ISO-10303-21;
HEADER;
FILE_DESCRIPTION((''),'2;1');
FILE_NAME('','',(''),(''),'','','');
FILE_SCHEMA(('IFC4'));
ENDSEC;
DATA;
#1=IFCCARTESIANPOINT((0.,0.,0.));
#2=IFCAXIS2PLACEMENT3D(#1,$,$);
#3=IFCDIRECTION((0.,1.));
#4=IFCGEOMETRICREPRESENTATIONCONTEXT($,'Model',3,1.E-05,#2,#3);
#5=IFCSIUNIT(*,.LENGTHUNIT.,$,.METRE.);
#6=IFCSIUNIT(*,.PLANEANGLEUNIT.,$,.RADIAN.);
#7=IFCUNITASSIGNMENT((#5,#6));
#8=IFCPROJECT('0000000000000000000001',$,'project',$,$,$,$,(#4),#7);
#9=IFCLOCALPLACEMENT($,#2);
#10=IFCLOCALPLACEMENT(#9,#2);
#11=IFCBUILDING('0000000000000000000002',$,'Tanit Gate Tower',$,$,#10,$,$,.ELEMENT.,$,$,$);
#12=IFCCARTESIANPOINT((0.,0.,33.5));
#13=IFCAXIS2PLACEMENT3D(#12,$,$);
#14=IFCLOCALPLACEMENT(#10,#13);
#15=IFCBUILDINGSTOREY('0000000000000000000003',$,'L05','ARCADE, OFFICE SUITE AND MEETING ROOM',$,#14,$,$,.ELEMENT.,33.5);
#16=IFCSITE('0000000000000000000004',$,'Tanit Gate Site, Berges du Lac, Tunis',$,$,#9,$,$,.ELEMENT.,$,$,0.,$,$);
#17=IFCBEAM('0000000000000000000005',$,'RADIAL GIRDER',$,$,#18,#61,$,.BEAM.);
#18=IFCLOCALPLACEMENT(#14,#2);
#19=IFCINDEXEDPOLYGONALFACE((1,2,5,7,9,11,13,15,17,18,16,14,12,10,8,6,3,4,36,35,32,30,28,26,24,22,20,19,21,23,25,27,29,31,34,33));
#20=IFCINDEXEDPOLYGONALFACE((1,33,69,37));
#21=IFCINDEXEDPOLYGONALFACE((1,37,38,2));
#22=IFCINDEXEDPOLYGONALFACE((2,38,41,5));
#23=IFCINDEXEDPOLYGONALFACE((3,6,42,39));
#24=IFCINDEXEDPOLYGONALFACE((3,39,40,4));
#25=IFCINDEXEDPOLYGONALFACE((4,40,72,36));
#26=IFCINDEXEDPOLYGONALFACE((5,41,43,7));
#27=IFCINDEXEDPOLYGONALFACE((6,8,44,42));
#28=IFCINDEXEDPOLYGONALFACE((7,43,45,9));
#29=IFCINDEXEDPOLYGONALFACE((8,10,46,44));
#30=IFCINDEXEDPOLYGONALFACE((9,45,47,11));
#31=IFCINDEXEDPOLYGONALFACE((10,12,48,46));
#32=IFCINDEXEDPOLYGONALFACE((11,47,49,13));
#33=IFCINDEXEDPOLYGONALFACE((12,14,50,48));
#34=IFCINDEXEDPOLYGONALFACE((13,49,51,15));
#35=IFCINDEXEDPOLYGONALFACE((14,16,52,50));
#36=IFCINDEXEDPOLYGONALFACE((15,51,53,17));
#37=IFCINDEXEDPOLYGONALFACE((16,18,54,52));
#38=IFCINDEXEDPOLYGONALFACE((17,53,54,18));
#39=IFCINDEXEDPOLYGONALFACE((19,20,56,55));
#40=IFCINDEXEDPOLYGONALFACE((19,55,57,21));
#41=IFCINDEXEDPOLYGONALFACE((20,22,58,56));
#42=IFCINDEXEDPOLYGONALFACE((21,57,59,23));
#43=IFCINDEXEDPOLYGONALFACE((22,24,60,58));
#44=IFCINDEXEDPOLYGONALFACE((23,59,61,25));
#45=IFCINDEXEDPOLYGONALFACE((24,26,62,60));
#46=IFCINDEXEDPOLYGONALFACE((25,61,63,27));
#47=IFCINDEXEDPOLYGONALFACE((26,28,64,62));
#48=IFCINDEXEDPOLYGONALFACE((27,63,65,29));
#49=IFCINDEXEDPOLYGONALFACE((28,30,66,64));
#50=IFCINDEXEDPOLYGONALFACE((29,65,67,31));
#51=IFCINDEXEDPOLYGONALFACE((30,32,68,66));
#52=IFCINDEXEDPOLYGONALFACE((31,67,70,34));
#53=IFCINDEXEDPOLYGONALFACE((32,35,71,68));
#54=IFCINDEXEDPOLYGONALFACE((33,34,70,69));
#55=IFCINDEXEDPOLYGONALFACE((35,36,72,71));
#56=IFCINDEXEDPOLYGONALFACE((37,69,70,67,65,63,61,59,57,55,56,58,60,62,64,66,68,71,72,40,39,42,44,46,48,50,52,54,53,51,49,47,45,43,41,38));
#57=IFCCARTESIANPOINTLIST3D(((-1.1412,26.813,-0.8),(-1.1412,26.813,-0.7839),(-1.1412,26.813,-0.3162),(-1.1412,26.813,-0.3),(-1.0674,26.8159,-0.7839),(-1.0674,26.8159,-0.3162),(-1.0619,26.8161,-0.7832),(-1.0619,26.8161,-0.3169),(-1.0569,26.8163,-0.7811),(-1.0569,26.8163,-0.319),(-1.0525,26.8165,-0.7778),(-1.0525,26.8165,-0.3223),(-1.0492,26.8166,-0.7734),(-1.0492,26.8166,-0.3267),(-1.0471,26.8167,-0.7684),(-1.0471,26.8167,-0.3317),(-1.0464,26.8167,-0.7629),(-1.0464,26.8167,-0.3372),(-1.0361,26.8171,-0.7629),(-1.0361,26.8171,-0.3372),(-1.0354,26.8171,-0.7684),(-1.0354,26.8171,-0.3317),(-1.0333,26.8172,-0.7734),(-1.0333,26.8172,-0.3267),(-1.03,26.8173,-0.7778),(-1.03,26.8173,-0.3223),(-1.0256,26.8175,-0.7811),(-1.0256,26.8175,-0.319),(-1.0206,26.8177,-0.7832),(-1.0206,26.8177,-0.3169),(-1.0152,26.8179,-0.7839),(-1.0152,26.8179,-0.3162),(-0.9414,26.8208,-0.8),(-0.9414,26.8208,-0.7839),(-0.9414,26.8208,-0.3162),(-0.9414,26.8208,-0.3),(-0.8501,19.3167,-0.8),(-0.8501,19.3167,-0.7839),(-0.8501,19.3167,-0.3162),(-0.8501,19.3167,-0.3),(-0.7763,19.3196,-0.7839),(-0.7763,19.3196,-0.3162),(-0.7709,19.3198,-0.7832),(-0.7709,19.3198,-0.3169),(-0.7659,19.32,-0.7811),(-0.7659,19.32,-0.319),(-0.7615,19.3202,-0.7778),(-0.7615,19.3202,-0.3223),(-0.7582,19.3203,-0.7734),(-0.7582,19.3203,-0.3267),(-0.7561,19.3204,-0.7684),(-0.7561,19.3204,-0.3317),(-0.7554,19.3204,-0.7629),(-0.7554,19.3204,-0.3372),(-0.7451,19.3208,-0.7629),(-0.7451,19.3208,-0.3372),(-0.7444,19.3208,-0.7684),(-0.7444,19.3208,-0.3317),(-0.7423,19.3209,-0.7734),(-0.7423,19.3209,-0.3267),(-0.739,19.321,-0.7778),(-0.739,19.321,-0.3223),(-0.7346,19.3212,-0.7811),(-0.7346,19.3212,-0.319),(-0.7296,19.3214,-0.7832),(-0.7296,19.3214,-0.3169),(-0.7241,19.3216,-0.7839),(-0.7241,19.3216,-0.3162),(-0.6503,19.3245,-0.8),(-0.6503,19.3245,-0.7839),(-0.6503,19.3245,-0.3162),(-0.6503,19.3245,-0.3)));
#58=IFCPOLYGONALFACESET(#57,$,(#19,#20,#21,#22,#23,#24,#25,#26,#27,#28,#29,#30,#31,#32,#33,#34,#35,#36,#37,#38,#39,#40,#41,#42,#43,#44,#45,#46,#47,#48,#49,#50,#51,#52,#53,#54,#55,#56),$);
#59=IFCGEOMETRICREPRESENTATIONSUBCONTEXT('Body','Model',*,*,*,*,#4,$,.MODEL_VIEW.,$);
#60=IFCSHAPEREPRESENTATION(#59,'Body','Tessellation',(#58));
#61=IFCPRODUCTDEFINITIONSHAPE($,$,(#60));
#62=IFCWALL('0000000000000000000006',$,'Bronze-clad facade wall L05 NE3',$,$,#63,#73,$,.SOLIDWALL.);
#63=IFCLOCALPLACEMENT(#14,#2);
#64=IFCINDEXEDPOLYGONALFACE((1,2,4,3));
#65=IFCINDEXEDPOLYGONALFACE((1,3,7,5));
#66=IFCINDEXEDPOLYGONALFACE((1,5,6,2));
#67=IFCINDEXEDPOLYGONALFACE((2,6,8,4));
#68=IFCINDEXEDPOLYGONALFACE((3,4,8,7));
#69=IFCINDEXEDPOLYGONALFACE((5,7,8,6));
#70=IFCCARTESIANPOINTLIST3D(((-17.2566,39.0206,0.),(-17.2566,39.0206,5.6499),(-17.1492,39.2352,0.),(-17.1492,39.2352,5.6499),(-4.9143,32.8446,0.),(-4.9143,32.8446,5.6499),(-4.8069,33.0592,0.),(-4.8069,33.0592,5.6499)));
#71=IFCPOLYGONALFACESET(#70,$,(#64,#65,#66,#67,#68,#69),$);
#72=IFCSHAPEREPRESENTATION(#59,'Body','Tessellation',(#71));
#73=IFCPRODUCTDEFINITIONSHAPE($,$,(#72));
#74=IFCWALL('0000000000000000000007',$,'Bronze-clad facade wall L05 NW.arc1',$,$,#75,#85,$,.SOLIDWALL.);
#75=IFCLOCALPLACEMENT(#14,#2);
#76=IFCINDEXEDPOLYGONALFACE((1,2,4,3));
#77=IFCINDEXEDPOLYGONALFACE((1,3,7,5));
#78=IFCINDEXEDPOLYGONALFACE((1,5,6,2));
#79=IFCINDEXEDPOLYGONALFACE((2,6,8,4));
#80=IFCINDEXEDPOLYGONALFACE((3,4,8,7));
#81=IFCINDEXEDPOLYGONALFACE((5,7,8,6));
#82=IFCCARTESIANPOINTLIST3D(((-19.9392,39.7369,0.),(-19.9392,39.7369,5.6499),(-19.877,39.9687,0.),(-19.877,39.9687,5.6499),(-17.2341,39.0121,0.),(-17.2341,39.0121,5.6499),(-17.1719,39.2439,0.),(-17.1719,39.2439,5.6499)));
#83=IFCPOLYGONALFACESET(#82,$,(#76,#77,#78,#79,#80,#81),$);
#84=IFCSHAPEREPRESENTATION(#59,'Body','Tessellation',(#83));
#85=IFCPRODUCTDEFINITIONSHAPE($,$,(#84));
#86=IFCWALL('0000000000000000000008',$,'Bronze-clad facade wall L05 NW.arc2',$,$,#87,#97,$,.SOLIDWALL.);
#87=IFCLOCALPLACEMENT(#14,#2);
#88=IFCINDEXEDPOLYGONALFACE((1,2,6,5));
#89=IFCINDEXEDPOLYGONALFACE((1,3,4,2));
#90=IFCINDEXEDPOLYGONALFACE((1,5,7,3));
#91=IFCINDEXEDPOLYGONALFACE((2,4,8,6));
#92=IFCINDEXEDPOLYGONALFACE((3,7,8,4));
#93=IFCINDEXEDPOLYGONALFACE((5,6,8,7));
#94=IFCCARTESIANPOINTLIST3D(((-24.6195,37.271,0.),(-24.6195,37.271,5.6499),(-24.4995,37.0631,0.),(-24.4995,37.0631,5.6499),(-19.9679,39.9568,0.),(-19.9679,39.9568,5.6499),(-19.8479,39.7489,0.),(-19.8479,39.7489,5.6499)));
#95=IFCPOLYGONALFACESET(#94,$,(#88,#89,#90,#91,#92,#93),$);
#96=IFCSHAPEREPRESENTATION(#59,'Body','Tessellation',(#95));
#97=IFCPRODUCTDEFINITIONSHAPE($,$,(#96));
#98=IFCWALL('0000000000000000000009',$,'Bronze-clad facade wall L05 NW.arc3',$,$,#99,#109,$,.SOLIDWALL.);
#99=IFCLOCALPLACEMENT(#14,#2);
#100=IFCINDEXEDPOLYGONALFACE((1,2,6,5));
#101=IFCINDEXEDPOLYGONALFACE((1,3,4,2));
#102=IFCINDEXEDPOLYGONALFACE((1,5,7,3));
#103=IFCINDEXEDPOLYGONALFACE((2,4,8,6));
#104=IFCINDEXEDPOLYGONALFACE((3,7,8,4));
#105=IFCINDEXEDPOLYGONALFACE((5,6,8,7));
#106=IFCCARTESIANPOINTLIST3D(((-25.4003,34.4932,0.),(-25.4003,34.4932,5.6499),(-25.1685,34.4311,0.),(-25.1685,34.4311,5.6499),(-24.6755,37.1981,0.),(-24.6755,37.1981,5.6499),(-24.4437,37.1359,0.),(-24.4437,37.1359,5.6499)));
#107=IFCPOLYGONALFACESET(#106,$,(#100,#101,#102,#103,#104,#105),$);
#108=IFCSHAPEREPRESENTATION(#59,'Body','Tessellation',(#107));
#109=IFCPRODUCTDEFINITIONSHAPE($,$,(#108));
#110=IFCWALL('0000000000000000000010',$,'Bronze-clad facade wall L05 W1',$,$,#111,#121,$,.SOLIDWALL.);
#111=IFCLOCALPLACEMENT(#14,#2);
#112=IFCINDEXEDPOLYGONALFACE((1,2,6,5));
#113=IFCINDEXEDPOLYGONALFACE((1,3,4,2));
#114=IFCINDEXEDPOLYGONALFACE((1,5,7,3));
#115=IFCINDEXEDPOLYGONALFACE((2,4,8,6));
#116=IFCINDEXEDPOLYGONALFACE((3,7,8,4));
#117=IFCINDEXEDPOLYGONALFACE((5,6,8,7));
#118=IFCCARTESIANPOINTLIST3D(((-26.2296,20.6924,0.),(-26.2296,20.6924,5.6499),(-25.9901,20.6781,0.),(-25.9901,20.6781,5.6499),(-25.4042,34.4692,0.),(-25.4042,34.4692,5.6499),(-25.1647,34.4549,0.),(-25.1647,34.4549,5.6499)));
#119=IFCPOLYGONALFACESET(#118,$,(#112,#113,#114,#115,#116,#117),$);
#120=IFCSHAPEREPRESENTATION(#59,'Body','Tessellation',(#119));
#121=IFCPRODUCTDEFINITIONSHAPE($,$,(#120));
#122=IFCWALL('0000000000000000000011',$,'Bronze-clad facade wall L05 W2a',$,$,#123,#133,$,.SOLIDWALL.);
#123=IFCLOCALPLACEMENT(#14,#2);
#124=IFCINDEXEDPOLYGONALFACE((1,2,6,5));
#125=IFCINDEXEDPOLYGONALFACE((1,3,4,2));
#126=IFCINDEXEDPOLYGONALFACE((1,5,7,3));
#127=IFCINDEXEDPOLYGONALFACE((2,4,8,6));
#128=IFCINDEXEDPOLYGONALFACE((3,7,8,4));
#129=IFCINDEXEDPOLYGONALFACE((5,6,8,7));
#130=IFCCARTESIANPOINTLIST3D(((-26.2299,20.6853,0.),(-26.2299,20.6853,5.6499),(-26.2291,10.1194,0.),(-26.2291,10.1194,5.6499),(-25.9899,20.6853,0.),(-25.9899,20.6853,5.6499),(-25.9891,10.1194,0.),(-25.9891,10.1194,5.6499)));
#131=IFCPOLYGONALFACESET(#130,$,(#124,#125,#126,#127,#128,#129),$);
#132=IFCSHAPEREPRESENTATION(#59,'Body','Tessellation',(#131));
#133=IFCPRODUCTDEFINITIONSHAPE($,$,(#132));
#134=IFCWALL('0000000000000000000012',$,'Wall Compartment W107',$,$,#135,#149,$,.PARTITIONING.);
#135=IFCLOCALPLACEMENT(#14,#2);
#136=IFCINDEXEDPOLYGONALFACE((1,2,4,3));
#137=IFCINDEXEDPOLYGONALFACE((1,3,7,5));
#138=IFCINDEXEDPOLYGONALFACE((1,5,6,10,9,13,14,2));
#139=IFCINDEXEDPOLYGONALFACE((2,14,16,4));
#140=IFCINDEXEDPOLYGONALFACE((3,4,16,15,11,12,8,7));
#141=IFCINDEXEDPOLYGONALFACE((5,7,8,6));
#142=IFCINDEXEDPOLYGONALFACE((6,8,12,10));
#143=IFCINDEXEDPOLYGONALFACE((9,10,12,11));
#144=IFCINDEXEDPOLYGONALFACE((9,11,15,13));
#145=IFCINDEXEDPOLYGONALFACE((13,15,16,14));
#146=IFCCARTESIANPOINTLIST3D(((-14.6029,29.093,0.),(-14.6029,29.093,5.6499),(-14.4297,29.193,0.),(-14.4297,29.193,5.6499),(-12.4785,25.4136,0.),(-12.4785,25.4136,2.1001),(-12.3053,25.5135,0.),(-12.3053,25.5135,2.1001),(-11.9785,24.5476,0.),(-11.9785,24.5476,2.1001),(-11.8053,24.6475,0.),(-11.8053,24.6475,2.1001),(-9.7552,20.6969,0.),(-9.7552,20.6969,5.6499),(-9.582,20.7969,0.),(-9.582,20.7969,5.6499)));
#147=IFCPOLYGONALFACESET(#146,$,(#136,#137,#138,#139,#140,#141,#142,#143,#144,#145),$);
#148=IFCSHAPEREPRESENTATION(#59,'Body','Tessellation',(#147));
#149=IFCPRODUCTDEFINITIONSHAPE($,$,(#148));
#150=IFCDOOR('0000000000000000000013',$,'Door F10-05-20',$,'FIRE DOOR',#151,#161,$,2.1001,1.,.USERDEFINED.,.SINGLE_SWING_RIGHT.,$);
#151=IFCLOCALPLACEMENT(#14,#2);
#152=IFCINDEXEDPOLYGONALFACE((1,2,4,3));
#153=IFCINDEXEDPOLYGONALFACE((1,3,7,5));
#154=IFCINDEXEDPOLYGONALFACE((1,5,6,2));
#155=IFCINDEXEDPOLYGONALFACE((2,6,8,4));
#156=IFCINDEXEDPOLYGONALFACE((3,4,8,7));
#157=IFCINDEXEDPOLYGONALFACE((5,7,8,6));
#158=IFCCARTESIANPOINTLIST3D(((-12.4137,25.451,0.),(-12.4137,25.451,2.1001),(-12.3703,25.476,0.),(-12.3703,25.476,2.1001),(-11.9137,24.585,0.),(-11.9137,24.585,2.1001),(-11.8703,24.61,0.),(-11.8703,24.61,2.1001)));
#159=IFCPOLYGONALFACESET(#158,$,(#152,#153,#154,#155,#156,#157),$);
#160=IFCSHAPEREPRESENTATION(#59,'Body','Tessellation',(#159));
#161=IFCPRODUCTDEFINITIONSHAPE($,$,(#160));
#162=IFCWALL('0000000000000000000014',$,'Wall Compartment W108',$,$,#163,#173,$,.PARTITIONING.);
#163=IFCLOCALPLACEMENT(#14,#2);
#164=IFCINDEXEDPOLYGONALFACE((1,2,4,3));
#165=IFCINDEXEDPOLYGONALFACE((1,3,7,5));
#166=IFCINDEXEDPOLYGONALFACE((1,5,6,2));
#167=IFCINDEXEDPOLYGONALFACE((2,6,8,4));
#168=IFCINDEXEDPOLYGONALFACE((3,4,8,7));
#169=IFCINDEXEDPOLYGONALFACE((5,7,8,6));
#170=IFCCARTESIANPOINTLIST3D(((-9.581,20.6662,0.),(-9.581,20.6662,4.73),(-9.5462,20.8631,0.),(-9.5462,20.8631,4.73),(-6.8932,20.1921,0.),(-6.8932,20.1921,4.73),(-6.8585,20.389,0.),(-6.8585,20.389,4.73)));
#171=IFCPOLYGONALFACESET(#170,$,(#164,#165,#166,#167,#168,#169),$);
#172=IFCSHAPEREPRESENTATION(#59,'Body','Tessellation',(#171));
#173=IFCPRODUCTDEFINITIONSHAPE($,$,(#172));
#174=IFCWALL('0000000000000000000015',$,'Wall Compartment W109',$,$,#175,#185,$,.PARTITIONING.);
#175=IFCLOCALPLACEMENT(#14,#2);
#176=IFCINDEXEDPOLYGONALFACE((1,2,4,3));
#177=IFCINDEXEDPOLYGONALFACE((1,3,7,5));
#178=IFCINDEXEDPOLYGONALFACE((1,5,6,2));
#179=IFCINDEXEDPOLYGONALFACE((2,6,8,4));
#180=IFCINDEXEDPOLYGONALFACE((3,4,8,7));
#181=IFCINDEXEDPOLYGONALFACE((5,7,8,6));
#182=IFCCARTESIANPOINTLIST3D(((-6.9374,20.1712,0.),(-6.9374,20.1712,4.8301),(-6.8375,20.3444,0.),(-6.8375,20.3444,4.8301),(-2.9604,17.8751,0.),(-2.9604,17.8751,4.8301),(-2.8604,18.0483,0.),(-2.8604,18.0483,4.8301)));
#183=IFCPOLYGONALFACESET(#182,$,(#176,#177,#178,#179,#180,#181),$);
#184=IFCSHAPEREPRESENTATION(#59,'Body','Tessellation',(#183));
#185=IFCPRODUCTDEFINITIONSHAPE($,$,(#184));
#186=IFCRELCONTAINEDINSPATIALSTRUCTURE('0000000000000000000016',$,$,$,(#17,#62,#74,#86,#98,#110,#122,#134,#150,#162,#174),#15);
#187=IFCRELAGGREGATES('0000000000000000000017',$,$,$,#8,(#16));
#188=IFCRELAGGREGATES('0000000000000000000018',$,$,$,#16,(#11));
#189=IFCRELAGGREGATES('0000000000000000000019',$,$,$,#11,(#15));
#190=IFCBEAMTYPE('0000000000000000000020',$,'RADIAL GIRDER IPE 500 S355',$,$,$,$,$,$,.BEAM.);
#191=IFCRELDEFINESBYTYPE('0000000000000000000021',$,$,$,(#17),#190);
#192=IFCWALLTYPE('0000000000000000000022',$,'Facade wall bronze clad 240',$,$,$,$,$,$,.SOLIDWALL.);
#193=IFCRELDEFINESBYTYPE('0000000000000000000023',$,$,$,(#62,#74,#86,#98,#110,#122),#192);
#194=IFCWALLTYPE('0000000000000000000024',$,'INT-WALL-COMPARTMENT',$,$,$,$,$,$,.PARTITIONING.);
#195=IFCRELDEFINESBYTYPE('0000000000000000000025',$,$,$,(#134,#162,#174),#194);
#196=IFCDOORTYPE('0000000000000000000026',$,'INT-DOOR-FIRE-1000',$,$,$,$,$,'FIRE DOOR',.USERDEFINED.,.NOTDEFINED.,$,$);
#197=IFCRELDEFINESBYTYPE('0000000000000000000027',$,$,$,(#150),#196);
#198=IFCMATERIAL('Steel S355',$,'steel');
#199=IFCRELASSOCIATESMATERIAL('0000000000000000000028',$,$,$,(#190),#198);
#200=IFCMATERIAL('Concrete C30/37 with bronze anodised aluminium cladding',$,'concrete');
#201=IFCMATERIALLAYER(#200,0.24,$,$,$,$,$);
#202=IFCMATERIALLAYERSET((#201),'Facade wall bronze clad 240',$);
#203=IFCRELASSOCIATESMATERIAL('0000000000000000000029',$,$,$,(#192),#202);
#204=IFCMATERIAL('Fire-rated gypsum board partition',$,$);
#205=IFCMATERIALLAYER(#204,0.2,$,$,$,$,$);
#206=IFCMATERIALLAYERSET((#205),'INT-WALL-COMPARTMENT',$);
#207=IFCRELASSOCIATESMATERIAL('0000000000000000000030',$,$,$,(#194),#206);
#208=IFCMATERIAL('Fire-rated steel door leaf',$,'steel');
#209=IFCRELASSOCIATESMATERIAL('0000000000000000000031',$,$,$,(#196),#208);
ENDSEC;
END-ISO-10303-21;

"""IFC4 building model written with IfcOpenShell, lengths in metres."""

from ifc_helpers import new_model, si_unit, direction, frame, frame_2d, origin, origin_2d, place, context, subcontext, project, spatial, rectangle, i_section, extrude, material, layer, layer_set, material_profile, profile_set, type_object, element, fill, save


model = new_model("IFC4")

# Units and contexts
model_context = context("Model", 3, precision=1e-05, world=origin(), true_north=direction((0.0, 1.0)))
body_context = subcontext(model_context, "Body", "Model", "MODEL_VIEW")
ifc_project = project(units=[si_unit("LENGTHUNIT", "METRE"), si_unit("PLANEANGLEUNIT", "RADIAN")], contexts=[model_context])

# Site, building, storey
site_placement = place(None, origin())
site = spatial("IfcSite", under=ifc_project, at=site_placement, Name="Tanit Gate Site, Berges du Lac, Tunis", CompositionType="ELEMENT", RefElevation=0.0)
building_placement = place(site_placement, origin())
building = spatial("IfcBuilding", under=site, at=building_placement, Name="Tanit Gate Tower", CompositionType="ELEMENT")
storey_placement = place(building_placement, frame((0.0, 0.0, 33.5)))
storey = spatial("IfcBuildingStorey", under=building, at=storey_placement, Name="L05", Description="ARCADE, OFFICE SUITE AND MEETING ROOM", CompositionType="ELEMENT", Elevation=33.5)

# Beam
ifc_material_1 = material(Name="Steel S355", Category="steel")
ifc_material_profile_1 = material_profile(ifc_material_1, i_section(OverallWidth=0.2, OverallDepth=0.5, WebThickness=0.0103, FlangeThickness=0.0161, FilletRadius=0.021, at=origin_2d()), Name="IPE 500")
ifc_profile_set_1 = profile_set([ifc_material_profile_1], Name="Steel S355")
beam_type_1 = type_object("IfcBeamType", Name="RADIAL GIRDER IPE 500 S355", PredefinedType="BEAM", material=ifc_profile_set_1)
beam_1_placement = place(storey_placement, frame((-1.0413, 26.8169, -0.55), z_axis=(0.038792, -0.999247, 0.0), x_axis=(0.999247, 0.038792, 0.0)))
element("IfcBeam", 1, at=beam_1_placement, inside=storey, type_object=beam_type_1, Name="RADIAL GIRDER", PredefinedType="BEAM", context=body_context, shape_type="SweptSolid", body=[
    extrude(i_section(OverallWidth=0.2, OverallDepth=0.5, WebThickness=0.0103, FlangeThickness=0.0161, FilletRadius=0.021, at=origin_2d()), origin(), (0.0, 0.0, 1.0), 7.502),
])

# Walls
ifc_material_2 = material(Name="Concrete C30/37 with bronze anodised aluminium cladding", Category="concrete")
ifc_layer_1 = layer(ifc_material_2, 0.24)
ifc_layer_set_1 = layer_set([ifc_layer_1], Name="Facade wall bronze clad 240")
wall_type_1 = type_object("IfcWallType", Name="Facade wall bronze clad 240", PredefinedType="SOLIDWALL", material=ifc_layer_set_1)
wall_1_placement = place(storey_placement, frame((-4.8606, 32.9519, 0.0), z_axis=(0.0, 0.0, 1.0), x_axis=(-0.894286, 0.447497, 0.0)))
element("IfcWall", 2, at=wall_1_placement, inside=storey, type_object=wall_type_1, Name="Bronze-clad facade wall L05 NE3", PredefinedType="SOLIDWALL", context=body_context, shape_type="SweptSolid", body=[
    extrude(rectangle(XDim=13.8013, YDim=0.24, at=frame_2d((6.9006, 0.0))), origin(), (0.0, 0.0, 1.0), 5.6499),
])
wall_2_placement = place(storey_placement, frame((-17.2029, 39.1279, 0.0), z_axis=(0.0, 0.0, 1.0), x_axis=(-0.965923, 0.258829, 0.0)))
element("IfcWall", 3, at=wall_2_placement, inside=storey, type_object=wall_type_1, Name="Bronze-clad facade wall L05 NW.arc1", PredefinedType="SOLIDWALL", context=body_context, shape_type="SweptSolid", body=[
    extrude(rectangle(XDim=2.8005, YDim=0.24, at=frame_2d((1.4004, 0.0))), origin(), (0.0, 0.0, 1.0), 5.6499),
])
wall_3_placement = place(storey_placement, frame((-19.908, 39.8528, 0.0), z_axis=(0.0, 0.0, 1.0), x_axis=(-0.866011, -0.500025, 0.0)))
element("IfcWall", 4, at=wall_3_placement, inside=storey, type_object=wall_type_1, Name="Bronze-clad facade wall L05 NW.arc2", PredefinedType="SOLIDWALL", context=body_context, shape_type="SweptSolid", body=[
    extrude(rectangle(XDim=5.3713, YDim=0.24, at=frame_2d((2.6855, 0.0))), origin(), (0.0, 0.0, 1.0), 5.6499),
])
wall_4_placement = place(storey_placement, frame((-24.5596, 37.167, 0.0), z_axis=(0.0, 0.0, 1.0), x_axis=(-0.258851, -0.965917, 0.0)))
element("IfcWall", 5, at=wall_4_placement, inside=storey, type_object=wall_type_1, Name="Bronze-clad facade wall L05 NW.arc3", PredefinedType="SOLIDWALL", context=body_context, shape_type="SweptSolid", body=[
    extrude(rectangle(XDim=2.8003, YDim=0.24, at=frame_2d((1.4001, 0.0))), origin(), (0.0, 0.0, 1.0), 5.6499),
])
wall_5_placement = place(storey_placement, frame((-25.2844, 34.4622, 0.0), z_axis=(0.0, 0.0, 1.0), x_axis=(-0.059808, -0.99821, 0.0)))
element("IfcWall", 6, at=wall_5_placement, inside=storey, type_object=wall_type_1, Name="Bronze-clad facade wall L05 W1", PredefinedType="SOLIDWALL", context=body_context, shape_type="SweptSolid", body=[
    extrude(rectangle(XDim=13.8015, YDim=0.24, at=frame_2d((6.9009, 0.0))), origin(), (0.0, 0.0, 1.0), 5.6499),
])
wall_6_placement = place(storey_placement, frame((-26.1099, 20.6853, 0.0), z_axis=(0.0, 0.0, 1.0), x_axis=(0.000069, -1.0, 0.0)))
element("IfcWall", 7, at=wall_6_placement, inside=storey, type_object=wall_type_1, Name="Bronze-clad facade wall L05 W2a", PredefinedType="SOLIDWALL", context=body_context, shape_type="SweptSolid", body=[
    extrude(rectangle(XDim=10.5659, YDim=0.24, at=frame_2d((5.283, 0.0))), origin(), (0.0, 0.0, 1.0), 5.6499),
])

# Wall, opening, door
ifc_material_3 = material(Name="Fire-rated gypsum board partition")
ifc_layer_2 = layer(ifc_material_3, 0.2)
ifc_layer_set_2 = layer_set([ifc_layer_2], Name="INT-WALL-COMPARTMENT")
wall_type_2 = type_object("IfcWallType", Name="INT-WALL-COMPARTMENT", PredefinedType="PARTITIONING", material=ifc_layer_set_2)
wall_7_placement = place(storey_placement, frame((-14.5164, 29.1431, 0.0), z_axis=(0.0, 0.0, 1.0), x_axis=(0.500017, -0.866015, 0.0)))
wall_7 = element("IfcWall", 8, at=wall_7_placement, inside=storey, type_object=wall_type_2, Name="Wall Compartment W107", PredefinedType="PARTITIONING", context=body_context, shape_type="SweptSolid", body=[
    extrude(rectangle(XDim=9.6951, YDim=0.2, at=frame_2d((4.8477, 0.0))), origin(), (0.0, 0.0, 1.0), 5.6499),
])
opening_1_placement = place(wall_7_placement, frame((4.2488, 0.0, 0.0)))
opening_1 = element("IfcOpeningElement", 9, at=opening_1_placement, cuts=wall_7, PredefinedType="OPENING", context=body_context, shape_type="SweptSolid", body=[
    extrude(rectangle(XDim=1.0, YDim=2.1001, at=frame_2d((0.5, 1.05))), frame((0.0, 0.1099, 0.0), z_axis=(0.0, -1.0, 0.0), x_axis=(1.0, 0.0, 0.0)), (0.0, 0.0, 1.0), 0.22),
])
ifc_material_4 = material(Name="Fire-rated steel door leaf", Category="steel")
door_type_1 = type_object("IfcDoorType", Name="INT-DOOR-FIRE-1000", ElementType="FIRE DOOR", OperationType="NOTDEFINED", PredefinedType="USERDEFINED", material=ifc_material_4)
door_1_placement = place(opening_1_placement, origin())
door_1 = element("IfcDoor", 10, at=door_1_placement, inside=storey, type_object=door_type_1, Name="Door F10-05-20", ObjectType="FIRE DOOR", OperationType="SINGLE_SWING_RIGHT", OverallHeight=2.1001, OverallWidth=1.0, PredefinedType="USERDEFINED", context=body_context, shape_type="SweptSolid", body=[
    extrude(rectangle(XDim=1.0, YDim=2.1001, at=frame_2d((0.5, 1.05))), frame((0.0, 0.0249, 0.0), z_axis=(0.0, -1.0, 0.0), x_axis=(1.0, 0.0, 0.0)), (0.0, 0.0, 1.0), 0.05),
])
fill(opening_1, door_1)

# Walls
wall_8_placement = place(storey_placement, frame((-6.8757, 20.2905, 0.0), z_axis=(0.0, 0.0, 1.0), x_axis=(-0.984795, 0.173719, 0.0)))
element("IfcWall", 11, at=wall_8_placement, inside=storey, type_object=wall_type_2, Name="Wall Compartment W108", PredefinedType="PARTITIONING", context=body_context, shape_type="SweptSolid", body=[
    extrude(rectangle(XDim=2.7292, YDim=0.2, at=frame_2d((1.3647, 0.0))), origin(), (0.0, 0.0, 1.0), 4.73),
])
wall_9_placement = place(storey_placement, frame((-2.9104, 17.9617, 0.0), z_axis=(0.0, 0.0, 1.0), x_axis=(-0.866026, 0.499999, 0.0)))
element("IfcWall", 12, at=wall_9_placement, inside=storey, type_object=wall_type_2, Name="Wall Compartment W109", PredefinedType="PARTITIONING", context=body_context, shape_type="SweptSolid", body=[
    extrude(rectangle(XDim=4.5923, YDim=0.2, at=frame_2d((2.2961, 0.0))), origin(), (0.0, 0.0, 1.0), 4.8301),
])

save(model, "model.ifc")
